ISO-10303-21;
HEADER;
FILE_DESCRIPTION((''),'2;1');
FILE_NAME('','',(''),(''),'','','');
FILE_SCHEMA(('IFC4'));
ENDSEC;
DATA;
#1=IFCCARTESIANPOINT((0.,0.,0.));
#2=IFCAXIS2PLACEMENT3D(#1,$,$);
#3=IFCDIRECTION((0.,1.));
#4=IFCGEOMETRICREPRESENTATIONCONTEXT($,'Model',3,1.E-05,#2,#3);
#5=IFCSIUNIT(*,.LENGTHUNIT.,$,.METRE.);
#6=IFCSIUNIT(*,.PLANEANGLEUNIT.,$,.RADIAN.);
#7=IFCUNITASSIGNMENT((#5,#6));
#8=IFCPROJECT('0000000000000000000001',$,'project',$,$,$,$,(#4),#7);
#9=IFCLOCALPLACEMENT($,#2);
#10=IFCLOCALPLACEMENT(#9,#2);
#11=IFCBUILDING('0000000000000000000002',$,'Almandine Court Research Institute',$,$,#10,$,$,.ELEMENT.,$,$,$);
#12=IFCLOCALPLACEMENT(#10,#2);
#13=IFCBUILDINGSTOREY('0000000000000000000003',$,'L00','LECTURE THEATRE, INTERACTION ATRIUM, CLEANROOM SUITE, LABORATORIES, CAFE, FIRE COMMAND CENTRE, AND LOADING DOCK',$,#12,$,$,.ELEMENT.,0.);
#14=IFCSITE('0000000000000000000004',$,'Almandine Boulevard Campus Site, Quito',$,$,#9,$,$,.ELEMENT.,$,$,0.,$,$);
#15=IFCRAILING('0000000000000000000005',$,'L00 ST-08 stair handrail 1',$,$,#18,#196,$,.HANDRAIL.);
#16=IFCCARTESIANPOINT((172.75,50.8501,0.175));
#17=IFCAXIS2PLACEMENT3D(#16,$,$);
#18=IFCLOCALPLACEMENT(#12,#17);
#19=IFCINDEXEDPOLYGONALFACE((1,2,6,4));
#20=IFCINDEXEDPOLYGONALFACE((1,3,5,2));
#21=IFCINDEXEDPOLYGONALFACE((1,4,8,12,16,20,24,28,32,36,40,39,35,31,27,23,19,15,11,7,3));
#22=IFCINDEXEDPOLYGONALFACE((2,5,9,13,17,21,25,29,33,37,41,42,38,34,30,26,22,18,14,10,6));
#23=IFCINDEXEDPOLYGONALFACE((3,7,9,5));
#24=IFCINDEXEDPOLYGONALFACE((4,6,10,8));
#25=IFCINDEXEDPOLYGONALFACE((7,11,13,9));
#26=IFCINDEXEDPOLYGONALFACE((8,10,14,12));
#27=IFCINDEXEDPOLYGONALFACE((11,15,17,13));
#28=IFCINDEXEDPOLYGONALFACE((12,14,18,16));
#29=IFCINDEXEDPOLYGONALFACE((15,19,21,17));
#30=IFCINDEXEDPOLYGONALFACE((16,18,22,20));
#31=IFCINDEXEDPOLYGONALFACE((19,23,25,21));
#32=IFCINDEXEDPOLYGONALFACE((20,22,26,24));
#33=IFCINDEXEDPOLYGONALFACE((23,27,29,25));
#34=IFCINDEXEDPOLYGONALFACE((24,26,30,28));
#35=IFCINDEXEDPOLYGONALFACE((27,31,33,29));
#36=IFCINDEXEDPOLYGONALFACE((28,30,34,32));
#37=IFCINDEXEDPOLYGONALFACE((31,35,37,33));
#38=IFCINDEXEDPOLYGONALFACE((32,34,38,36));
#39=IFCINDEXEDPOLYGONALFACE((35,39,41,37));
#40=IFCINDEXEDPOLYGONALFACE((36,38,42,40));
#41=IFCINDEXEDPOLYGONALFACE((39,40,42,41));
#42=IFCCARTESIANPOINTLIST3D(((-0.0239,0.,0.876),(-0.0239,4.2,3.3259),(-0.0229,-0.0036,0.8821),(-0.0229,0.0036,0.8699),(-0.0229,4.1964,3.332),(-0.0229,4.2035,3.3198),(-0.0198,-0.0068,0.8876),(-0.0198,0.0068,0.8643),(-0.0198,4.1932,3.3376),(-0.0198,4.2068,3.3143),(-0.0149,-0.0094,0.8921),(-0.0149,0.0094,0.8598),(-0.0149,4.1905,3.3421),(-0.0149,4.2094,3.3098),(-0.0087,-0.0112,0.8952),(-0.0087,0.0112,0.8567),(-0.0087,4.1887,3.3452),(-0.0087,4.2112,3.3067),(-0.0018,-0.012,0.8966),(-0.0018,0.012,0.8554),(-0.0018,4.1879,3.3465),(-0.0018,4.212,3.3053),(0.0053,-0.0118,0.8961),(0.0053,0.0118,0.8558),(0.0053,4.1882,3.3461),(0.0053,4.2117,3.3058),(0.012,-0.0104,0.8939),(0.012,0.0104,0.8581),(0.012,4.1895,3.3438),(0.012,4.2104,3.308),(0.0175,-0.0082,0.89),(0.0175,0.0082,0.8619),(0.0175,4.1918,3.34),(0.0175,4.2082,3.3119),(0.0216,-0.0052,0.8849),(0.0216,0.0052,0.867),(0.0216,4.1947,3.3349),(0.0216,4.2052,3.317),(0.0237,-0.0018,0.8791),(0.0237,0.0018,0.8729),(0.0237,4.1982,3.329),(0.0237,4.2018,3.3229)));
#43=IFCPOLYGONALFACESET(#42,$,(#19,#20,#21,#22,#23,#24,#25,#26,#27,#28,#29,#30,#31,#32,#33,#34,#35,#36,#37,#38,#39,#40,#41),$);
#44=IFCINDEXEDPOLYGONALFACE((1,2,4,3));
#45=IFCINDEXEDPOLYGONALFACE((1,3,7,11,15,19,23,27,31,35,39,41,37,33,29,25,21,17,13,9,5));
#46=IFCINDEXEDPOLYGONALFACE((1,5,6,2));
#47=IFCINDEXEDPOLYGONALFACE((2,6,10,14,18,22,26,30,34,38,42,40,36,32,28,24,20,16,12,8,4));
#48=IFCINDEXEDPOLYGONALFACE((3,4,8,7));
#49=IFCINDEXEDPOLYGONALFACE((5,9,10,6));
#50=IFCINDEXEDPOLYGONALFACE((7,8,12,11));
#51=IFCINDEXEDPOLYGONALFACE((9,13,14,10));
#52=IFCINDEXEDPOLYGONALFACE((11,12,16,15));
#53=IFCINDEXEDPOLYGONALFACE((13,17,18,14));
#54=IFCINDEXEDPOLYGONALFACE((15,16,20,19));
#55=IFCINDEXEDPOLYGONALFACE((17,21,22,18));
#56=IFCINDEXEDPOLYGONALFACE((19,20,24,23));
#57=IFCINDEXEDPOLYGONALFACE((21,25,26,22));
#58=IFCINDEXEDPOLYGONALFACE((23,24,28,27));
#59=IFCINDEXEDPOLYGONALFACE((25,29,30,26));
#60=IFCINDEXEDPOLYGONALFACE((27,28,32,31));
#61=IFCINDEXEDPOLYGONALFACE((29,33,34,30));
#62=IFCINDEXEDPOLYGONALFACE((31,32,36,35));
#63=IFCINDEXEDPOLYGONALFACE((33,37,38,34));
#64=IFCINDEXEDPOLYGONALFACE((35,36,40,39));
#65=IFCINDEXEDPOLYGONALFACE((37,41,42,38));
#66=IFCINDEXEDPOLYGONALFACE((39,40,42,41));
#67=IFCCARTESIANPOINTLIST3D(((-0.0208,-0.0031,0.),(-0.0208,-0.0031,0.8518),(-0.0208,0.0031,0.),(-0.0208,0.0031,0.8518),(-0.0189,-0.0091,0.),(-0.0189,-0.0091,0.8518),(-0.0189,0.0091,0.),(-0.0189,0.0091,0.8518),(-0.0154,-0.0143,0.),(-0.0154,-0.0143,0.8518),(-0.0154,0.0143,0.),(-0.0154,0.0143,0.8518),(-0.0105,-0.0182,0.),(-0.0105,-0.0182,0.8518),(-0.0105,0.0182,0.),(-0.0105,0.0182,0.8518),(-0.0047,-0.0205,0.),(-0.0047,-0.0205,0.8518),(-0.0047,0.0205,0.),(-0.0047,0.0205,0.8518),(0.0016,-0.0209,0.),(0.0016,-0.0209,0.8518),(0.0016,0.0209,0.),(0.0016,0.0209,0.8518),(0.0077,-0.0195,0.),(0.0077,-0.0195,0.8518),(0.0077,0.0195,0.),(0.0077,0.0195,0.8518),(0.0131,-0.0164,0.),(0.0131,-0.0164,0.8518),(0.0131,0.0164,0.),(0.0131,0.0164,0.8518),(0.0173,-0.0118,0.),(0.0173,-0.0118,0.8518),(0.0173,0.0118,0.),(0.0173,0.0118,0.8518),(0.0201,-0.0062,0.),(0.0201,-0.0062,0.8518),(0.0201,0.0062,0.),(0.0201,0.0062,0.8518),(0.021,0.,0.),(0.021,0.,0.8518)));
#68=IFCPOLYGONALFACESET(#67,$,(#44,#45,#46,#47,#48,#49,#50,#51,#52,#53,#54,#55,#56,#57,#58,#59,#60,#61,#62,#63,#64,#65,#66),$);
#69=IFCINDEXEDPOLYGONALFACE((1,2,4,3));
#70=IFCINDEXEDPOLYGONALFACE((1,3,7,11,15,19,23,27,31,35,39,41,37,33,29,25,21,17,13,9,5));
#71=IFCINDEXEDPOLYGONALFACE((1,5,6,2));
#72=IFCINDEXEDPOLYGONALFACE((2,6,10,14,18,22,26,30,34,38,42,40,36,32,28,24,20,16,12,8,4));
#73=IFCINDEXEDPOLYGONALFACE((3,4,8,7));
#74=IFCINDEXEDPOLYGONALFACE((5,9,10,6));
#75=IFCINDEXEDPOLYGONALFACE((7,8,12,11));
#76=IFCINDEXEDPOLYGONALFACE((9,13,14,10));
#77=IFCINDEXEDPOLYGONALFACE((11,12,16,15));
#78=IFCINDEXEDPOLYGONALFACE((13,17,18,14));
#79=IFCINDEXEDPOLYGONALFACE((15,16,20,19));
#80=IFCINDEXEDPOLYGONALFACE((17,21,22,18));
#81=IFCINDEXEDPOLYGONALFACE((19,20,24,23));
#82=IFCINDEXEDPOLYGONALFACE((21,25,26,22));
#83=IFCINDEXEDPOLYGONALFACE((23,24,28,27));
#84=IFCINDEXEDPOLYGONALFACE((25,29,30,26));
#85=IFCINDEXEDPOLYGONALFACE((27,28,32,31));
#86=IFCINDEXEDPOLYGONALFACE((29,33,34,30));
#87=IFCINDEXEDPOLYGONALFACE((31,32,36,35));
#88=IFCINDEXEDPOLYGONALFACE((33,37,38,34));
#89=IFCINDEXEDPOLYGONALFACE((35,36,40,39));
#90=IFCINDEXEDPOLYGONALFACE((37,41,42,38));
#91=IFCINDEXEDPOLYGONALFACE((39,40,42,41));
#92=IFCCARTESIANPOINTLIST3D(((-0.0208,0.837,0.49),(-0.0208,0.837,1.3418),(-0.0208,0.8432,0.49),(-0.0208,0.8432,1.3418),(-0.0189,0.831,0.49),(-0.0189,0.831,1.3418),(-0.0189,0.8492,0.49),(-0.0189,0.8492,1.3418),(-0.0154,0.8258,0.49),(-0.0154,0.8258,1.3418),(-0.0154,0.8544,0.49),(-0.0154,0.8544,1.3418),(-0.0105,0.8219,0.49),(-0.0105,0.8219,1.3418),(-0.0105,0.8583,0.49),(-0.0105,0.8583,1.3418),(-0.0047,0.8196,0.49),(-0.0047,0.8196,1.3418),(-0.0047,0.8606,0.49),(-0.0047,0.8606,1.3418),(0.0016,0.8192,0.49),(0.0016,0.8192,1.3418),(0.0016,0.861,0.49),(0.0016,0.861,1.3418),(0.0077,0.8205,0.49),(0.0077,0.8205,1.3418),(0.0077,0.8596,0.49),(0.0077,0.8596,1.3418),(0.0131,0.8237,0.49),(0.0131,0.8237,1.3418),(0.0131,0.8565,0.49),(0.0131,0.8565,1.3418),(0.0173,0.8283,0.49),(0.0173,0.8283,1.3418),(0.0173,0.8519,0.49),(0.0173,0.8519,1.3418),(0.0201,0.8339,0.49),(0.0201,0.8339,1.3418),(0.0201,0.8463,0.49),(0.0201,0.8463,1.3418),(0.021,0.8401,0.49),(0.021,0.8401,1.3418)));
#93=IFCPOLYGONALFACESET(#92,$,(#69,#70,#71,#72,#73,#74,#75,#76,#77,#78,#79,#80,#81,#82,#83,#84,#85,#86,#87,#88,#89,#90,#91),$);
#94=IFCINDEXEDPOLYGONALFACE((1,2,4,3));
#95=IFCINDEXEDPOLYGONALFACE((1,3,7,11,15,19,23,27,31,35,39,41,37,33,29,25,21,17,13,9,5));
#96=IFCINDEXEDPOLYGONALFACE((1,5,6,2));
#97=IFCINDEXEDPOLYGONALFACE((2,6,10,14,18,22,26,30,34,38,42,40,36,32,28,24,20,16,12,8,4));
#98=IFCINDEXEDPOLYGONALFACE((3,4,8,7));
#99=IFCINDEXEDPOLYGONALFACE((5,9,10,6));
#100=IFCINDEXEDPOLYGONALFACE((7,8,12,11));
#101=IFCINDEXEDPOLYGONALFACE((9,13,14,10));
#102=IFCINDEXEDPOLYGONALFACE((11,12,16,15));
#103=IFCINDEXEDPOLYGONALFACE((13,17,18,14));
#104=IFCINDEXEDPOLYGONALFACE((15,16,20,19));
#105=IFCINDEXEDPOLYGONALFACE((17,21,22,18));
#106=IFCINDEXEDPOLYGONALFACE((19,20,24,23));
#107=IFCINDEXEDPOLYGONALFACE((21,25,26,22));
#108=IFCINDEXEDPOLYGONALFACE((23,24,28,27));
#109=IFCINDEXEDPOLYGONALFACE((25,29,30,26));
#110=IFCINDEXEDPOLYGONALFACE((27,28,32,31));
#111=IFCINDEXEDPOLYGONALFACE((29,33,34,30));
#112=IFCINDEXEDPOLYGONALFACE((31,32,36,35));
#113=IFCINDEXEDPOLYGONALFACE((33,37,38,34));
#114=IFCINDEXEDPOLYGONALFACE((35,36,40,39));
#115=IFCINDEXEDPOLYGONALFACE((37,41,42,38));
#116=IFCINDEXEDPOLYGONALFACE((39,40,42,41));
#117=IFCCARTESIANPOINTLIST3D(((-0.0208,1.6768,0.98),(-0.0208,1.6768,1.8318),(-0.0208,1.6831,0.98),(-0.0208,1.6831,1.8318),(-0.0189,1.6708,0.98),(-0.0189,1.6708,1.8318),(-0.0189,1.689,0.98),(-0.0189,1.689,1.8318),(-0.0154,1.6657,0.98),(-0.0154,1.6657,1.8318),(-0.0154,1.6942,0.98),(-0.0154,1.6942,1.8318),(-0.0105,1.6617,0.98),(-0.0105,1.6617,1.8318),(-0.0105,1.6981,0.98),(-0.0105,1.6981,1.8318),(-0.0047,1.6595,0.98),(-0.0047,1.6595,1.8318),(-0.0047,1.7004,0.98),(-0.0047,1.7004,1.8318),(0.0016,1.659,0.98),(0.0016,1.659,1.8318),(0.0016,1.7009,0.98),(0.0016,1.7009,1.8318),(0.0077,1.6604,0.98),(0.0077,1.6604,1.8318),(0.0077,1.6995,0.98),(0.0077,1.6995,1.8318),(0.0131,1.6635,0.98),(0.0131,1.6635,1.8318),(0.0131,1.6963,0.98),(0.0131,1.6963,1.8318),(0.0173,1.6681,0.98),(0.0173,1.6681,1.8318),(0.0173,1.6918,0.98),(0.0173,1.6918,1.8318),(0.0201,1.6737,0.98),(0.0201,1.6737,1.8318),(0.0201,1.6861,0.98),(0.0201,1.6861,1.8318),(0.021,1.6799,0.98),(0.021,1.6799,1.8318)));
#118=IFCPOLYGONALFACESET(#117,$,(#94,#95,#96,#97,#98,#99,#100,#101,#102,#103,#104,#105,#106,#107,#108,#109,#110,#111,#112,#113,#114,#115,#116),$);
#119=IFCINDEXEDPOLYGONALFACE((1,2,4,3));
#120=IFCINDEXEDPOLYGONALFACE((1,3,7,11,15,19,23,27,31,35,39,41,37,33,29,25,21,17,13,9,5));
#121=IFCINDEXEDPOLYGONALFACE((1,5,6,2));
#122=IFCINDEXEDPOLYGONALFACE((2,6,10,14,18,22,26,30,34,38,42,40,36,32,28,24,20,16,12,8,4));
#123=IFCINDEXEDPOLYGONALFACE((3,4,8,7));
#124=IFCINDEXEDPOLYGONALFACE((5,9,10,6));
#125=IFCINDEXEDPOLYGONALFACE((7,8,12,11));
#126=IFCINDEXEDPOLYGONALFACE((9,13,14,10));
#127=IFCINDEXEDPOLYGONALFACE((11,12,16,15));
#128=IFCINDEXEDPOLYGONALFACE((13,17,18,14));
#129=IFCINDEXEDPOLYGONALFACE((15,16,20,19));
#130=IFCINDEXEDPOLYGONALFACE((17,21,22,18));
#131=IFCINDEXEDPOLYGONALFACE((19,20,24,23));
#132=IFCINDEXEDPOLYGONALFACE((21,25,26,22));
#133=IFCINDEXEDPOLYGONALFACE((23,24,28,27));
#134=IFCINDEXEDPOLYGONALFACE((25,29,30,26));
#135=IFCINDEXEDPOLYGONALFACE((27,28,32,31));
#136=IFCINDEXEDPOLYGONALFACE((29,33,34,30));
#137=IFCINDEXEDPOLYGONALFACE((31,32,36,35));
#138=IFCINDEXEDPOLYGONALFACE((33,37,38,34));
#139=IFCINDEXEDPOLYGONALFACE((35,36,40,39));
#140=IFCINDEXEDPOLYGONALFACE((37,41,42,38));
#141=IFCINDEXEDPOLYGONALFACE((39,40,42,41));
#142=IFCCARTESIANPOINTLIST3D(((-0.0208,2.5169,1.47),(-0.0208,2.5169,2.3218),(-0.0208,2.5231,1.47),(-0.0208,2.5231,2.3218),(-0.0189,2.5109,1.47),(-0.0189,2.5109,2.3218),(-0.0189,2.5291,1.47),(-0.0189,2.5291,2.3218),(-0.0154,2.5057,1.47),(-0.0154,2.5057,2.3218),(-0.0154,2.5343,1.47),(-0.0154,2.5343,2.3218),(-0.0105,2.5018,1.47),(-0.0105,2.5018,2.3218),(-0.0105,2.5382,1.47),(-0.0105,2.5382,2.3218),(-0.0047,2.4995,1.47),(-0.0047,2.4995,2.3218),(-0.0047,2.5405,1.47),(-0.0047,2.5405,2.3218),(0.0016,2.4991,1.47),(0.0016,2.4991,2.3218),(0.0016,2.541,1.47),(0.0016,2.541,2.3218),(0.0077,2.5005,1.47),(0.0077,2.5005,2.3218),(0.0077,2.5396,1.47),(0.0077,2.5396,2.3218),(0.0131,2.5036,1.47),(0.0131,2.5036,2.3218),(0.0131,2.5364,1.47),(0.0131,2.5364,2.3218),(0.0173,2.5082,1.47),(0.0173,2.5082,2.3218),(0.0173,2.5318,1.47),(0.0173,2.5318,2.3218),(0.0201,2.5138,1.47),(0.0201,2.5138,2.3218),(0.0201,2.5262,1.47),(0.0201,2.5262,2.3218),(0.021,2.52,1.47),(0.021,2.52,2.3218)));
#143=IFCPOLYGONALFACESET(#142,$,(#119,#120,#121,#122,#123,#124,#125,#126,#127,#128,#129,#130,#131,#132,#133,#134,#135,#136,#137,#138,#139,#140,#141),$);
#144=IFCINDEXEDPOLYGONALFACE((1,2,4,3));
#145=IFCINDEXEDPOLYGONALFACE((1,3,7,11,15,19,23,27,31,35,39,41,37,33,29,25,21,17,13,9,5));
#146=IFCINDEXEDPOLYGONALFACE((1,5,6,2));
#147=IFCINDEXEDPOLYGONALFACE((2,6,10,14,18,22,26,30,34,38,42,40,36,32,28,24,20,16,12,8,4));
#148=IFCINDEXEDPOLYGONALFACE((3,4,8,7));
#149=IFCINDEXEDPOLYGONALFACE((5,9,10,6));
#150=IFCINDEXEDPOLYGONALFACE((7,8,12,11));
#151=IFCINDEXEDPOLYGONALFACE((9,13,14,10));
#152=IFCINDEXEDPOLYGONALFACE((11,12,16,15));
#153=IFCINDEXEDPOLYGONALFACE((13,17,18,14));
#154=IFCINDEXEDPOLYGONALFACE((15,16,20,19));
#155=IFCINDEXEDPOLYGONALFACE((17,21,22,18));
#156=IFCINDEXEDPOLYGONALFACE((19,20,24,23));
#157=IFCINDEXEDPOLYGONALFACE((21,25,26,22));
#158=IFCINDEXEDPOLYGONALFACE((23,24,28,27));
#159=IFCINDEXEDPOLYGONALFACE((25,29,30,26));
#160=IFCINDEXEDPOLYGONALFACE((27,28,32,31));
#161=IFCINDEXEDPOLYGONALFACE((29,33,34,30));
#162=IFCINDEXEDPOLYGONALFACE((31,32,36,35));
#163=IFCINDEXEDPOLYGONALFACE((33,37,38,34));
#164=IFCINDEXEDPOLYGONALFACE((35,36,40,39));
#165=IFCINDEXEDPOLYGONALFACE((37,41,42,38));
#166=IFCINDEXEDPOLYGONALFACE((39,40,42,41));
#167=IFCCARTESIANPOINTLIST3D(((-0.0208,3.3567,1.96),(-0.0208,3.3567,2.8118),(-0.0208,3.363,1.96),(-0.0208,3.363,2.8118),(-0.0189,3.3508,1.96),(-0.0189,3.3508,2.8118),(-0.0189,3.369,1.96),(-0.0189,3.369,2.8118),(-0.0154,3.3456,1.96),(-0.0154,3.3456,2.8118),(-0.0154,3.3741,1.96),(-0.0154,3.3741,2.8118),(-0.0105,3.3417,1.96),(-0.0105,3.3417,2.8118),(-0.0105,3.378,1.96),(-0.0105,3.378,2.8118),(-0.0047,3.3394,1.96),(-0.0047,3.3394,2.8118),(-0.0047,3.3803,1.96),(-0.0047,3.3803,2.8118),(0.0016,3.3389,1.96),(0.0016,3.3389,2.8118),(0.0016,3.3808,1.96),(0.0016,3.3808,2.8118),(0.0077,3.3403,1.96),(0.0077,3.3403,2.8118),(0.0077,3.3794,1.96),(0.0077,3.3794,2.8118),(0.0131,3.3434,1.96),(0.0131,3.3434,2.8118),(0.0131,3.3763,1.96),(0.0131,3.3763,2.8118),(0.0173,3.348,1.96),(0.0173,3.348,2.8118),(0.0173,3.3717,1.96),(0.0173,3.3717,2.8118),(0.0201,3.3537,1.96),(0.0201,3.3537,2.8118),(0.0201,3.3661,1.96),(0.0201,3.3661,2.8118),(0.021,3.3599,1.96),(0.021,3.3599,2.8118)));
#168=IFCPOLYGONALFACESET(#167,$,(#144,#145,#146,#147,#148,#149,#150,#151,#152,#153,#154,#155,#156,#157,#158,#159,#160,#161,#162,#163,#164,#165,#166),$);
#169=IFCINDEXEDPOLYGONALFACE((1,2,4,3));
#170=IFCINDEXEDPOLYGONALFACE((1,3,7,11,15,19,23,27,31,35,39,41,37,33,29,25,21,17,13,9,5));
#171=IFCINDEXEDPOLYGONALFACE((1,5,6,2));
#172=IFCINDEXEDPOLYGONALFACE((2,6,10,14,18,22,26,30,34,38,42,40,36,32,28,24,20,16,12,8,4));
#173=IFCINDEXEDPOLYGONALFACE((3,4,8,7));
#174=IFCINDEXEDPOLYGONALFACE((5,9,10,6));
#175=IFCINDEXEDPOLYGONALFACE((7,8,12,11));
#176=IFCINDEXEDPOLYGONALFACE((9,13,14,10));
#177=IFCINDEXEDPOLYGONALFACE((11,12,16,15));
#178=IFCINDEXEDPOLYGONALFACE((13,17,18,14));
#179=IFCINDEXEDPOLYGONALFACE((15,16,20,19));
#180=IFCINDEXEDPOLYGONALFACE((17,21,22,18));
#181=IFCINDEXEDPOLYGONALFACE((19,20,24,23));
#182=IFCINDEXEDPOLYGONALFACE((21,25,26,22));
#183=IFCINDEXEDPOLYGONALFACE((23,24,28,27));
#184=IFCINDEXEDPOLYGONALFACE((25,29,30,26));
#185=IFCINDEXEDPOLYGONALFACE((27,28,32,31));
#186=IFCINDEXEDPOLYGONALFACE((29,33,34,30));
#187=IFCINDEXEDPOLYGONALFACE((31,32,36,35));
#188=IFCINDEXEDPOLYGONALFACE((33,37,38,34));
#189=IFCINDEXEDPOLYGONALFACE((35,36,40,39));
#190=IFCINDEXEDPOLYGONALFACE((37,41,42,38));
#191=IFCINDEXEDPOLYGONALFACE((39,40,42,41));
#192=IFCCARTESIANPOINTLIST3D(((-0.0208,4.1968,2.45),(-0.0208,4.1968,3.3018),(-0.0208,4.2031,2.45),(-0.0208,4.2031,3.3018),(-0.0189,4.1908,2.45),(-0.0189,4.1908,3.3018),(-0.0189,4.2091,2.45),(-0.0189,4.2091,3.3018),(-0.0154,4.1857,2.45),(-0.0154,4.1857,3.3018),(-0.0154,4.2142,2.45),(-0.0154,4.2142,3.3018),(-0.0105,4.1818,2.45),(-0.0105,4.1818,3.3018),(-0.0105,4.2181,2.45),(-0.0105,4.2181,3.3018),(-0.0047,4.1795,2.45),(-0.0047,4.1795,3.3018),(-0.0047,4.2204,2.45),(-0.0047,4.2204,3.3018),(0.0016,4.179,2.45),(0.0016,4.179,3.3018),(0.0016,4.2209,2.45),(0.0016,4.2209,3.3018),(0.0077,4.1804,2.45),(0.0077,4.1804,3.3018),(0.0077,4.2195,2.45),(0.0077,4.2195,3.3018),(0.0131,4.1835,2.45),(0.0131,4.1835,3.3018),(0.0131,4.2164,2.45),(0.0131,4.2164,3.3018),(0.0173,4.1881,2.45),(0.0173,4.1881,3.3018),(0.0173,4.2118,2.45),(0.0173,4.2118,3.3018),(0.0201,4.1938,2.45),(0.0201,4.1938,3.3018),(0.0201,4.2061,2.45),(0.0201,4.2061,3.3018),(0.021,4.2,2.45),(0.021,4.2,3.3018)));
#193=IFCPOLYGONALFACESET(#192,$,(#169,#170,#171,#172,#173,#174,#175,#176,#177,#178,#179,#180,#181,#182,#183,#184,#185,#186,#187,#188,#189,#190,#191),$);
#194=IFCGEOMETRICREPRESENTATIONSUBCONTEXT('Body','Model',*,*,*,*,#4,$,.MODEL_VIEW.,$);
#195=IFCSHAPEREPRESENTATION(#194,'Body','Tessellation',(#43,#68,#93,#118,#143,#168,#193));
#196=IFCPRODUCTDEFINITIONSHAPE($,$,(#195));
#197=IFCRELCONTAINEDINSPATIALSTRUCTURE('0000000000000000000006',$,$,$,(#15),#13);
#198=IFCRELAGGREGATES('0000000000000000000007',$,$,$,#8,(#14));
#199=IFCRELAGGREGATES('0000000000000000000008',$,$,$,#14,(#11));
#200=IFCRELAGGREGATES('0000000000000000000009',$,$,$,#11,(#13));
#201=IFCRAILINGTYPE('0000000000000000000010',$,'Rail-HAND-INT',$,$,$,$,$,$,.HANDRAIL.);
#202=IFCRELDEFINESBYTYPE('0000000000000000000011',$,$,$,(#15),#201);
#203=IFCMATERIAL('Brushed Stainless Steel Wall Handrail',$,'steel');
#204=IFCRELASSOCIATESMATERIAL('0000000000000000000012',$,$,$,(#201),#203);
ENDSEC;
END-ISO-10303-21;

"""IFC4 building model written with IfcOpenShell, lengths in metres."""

from ifc_helpers import new_model, si_unit, direction, frame, origin, origin_2d, place, context, subcontext, project, spatial, circle, extrude, material, type_object, element, save


model = new_model("IFC4")

# Units and contexts
model_context = context("Model", 3, precision=1e-05, world=origin(), true_north=direction((0.0, 1.0)))
body_context = subcontext(model_context, "Body", "Model", "MODEL_VIEW")
ifc_project = project(units=[si_unit("LENGTHUNIT", "METRE"), si_unit("PLANEANGLEUNIT", "RADIAN")], contexts=[model_context])

# Site, building, storey
site_placement = place(None, origin())
site = spatial("IfcSite", under=ifc_project, at=site_placement, Name="Almandine Boulevard Campus Site, Quito", CompositionType="ELEMENT", RefElevation=0.0)
building_placement = place(site_placement, origin())
building = spatial("IfcBuilding", under=site, at=building_placement, Name="Almandine Court Research Institute", CompositionType="ELEMENT")
storey_placement = place(building_placement, origin())
storey = spatial("IfcBuildingStorey", under=building, at=storey_placement, Name="L00", Description="LECTURE THEATRE, INTERACTION ATRIUM, CLEANROOM SUITE, LABORATORIES, CAFE, FIRE COMMAND CENTRE, AND LOADING DOCK", CompositionType="ELEMENT", Elevation=0.0)

# Railing
ifc_material_1 = material(Name="Brushed Stainless Steel Wall Handrail", Category="steel")
railing_type_1 = type_object("IfcRailingType", Name="Rail-HAND-INT", PredefinedType="HANDRAIL", material=ifc_material_1)
railing_1_placement = place(storey_placement, frame((172.75, 50.8501, 0.175)))
element("IfcRailing", 1, at=railing_1_placement, inside=storey, type_object=railing_type_1, Name="L00 ST-08 stair handrail 1", PredefinedType="HANDRAIL", context=body_context, shape_type="SweptSolid", body=[
    extrude(circle(Radius=0.0239, at=origin_2d()), frame((0.0, 0.0, 0.876), z_axis=(0.0, 0.863781, 0.503868), x_axis=(-1.0, 0.0, 0.0)), (0.0, 0.0, 1.0), 4.8623),
    extrude(circle(Radius=0.021, at=origin_2d()), origin(), (0.0, 0.0, 1.0), 0.8518),
    extrude(circle(Radius=0.021, at=origin_2d()), frame((0.0, 0.8401, 0.49)), (0.0, 0.0, 1.0), 0.8518),
    extrude(circle(Radius=0.021, at=origin_2d()), frame((0.0, 1.6799, 0.98)), (0.0, 0.0, 1.0), 0.8518),
    extrude(circle(Radius=0.021, at=origin_2d()), frame((0.0, 2.52, 1.47)), (0.0, 0.0, 1.0), 0.8518),
    extrude(circle(Radius=0.021, at=origin_2d()), frame((0.0, 3.3599, 1.96)), (0.0, 0.0, 1.0), 0.8518),
    extrude(circle(Radius=0.021, at=origin_2d()), frame((0.0, 4.2, 2.45)), (0.0, 0.0, 1.0), 0.8518),
])

save(model, "model.ifc")
